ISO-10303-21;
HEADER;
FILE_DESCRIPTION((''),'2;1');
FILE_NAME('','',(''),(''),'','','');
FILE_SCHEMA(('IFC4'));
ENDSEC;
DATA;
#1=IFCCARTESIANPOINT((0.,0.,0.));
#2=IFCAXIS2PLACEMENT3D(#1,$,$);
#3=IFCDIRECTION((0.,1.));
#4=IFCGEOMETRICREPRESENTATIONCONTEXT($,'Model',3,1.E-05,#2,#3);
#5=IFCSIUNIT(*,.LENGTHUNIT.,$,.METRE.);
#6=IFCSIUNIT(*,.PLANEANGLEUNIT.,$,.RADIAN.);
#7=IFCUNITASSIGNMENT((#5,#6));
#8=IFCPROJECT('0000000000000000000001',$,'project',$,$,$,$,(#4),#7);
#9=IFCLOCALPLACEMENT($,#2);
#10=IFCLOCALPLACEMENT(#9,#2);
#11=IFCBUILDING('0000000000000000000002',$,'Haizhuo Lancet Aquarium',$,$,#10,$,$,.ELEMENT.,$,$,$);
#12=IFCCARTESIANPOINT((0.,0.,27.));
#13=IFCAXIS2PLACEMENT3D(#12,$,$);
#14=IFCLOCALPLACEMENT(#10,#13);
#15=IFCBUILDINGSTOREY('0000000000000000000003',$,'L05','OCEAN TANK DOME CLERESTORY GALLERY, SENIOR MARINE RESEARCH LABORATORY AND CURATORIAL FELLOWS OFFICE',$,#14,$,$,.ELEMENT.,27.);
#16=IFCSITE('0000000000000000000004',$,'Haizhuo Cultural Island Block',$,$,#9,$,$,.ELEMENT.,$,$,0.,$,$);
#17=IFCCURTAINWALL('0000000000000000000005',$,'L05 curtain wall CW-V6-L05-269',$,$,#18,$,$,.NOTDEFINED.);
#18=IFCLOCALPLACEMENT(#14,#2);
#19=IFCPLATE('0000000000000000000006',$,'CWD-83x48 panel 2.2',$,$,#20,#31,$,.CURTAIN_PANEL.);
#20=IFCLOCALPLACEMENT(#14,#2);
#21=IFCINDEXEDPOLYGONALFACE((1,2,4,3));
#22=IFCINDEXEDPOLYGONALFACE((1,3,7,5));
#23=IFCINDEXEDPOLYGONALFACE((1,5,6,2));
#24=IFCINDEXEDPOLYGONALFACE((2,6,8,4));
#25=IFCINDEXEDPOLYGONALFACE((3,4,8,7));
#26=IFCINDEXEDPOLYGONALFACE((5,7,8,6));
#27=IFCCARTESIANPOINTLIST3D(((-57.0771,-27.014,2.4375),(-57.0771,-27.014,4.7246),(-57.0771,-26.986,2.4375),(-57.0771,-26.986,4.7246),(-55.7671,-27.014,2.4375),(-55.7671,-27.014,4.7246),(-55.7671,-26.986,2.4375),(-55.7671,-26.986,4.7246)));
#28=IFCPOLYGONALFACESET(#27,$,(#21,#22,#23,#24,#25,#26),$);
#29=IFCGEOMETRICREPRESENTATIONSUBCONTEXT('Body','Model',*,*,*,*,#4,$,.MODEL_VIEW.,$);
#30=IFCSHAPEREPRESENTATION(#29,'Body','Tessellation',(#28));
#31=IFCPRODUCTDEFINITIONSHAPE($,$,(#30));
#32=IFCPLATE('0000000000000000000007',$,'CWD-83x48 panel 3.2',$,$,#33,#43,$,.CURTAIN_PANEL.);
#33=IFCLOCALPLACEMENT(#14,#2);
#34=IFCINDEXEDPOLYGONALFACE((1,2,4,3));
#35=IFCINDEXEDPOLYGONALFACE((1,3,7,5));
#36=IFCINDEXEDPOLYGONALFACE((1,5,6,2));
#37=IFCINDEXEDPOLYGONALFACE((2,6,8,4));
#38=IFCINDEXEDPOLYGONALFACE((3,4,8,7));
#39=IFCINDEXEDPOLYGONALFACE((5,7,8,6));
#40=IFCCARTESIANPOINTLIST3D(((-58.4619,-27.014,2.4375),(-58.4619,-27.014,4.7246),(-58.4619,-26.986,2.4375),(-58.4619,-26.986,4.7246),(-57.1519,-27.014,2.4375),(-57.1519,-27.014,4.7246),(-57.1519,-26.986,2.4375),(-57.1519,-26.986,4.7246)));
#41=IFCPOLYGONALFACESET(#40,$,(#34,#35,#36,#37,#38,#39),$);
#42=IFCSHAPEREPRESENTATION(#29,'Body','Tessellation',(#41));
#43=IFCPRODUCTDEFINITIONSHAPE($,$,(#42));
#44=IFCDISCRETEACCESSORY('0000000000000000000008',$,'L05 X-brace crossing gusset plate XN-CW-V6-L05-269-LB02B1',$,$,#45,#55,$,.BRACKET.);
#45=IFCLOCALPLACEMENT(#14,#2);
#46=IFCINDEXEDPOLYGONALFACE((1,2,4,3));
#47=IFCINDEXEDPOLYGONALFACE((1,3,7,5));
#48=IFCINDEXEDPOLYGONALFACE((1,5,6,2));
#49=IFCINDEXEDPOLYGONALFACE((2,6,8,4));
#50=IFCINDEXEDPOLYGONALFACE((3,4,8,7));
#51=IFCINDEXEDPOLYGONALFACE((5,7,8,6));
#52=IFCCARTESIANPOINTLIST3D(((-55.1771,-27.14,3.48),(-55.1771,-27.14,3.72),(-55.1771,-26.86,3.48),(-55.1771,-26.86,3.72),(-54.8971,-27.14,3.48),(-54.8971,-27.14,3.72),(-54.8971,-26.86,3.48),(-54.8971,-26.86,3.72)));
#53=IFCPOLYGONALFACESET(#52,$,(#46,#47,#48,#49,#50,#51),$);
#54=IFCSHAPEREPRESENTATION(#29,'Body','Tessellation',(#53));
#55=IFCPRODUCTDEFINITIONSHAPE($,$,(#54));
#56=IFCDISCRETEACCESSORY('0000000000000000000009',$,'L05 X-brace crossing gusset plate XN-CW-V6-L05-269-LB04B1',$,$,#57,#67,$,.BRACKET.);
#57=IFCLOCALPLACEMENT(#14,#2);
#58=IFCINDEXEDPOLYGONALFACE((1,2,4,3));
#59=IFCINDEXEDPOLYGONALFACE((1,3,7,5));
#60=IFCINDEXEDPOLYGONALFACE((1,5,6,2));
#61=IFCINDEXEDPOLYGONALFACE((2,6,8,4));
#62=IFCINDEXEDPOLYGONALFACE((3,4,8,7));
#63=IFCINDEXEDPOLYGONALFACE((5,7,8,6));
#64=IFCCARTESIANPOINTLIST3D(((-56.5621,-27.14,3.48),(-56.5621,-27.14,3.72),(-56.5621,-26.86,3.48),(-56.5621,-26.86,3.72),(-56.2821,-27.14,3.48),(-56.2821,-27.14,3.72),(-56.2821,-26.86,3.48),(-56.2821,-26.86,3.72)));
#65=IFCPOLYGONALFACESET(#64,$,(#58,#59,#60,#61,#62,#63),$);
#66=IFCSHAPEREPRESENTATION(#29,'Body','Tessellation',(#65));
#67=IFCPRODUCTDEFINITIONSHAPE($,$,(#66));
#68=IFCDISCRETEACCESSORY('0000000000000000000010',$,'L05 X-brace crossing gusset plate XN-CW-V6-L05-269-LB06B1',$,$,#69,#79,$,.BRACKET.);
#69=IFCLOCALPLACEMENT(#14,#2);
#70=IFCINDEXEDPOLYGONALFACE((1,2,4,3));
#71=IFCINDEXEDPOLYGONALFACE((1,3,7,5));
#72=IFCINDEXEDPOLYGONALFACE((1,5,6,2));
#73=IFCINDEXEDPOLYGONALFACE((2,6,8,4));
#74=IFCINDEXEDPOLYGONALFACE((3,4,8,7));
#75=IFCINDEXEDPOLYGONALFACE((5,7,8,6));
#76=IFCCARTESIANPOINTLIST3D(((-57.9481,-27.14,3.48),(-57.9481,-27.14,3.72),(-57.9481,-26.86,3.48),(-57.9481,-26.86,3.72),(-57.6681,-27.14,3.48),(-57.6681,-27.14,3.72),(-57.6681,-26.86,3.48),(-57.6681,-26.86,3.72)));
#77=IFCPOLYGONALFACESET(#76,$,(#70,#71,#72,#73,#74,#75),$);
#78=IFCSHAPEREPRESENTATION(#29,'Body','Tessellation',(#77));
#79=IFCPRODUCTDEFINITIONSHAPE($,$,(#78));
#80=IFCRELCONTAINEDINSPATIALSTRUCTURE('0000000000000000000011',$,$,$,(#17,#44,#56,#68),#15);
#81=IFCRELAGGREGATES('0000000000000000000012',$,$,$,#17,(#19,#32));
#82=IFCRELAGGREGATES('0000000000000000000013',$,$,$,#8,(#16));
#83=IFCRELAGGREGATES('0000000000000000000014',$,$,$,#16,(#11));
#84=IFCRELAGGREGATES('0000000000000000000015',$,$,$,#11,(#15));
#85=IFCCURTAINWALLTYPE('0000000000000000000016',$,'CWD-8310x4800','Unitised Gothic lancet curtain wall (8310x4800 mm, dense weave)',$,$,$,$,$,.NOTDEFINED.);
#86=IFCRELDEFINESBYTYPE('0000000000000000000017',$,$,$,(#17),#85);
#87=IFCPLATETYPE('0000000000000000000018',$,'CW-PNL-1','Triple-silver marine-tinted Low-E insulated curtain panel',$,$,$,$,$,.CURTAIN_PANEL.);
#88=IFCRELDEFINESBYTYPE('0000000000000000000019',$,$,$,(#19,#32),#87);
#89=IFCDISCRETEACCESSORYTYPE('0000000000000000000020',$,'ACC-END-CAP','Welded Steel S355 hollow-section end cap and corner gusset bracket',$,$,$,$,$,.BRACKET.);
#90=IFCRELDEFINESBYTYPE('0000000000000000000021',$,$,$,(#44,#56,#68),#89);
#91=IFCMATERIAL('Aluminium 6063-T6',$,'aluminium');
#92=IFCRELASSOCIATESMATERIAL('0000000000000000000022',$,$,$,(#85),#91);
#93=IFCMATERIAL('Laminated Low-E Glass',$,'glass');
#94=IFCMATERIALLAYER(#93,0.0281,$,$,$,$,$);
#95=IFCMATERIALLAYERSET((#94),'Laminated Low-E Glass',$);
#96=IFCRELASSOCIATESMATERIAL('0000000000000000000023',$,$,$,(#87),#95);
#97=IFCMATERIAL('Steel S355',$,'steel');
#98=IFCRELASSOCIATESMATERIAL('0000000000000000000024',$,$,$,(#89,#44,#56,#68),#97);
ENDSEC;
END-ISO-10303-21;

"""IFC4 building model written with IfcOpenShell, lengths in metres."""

from ifc_helpers import new_model, si_unit, direction, frame, origin, origin_2d, place, context, subcontext, project, spatial, rectangle, extrude, material, layer, layer_set, type_object, element, aggregate, save


model = new_model("IFC4")

# Units and contexts
model_context = context("Model", 3, precision=1e-05, world=origin(), true_north=direction((0.0, 1.0)))
body_context = subcontext(model_context, "Body", "Model", "MODEL_VIEW")
ifc_project = project(units=[si_unit("LENGTHUNIT", "METRE"), si_unit("PLANEANGLEUNIT", "RADIAN")], contexts=[model_context])

# Site, building, storey
site_placement = place(None, origin())
site = spatial("IfcSite", under=ifc_project, at=site_placement, Name="Haizhuo Cultural Island Block", CompositionType="ELEMENT", RefElevation=0.0)
building_placement = place(site_placement, origin())
building = spatial("IfcBuilding", under=site, at=building_placement, Name="Haizhuo Lancet Aquarium", CompositionType="ELEMENT")
storey_placement = place(building_placement, frame((0.0, 0.0, 27.0)))
storey = spatial("IfcBuildingStorey", under=building, at=storey_placement, Name="L05", Description="OCEAN TANK DOME CLERESTORY GALLERY, SENIOR MARINE RESEARCH LABORATORY AND CURATORIAL FELLOWS OFFICE", CompositionType="ELEMENT", Elevation=27.0)

# Shared definitions
ifc_material_1 = material(Name="Steel S355", Category="steel")

# Curtain wall
ifc_material_2 = material(Name="Aluminium 6063-T6", Category="aluminium")
curtain_wall_type = type_object("IfcCurtainWallType", Name="CWD-8310x4800", Description="Unitised Gothic lancet curtain wall (8310x4800 mm, dense weave)", PredefinedType="NOTDEFINED", material=ifc_material_2)
curtain_wall_placement = place(storey_placement, origin())
curtain_wall = element("IfcCurtainWall", 1, at=curtain_wall_placement, inside=storey, type_object=curtain_wall_type, Name="L05 curtain wall CW-V6-L05-269", PredefinedType="NOTDEFINED")

# Plates
ifc_material_3 = material(Name="Laminated Low-E Glass", Category="glass")
ifc_layer = layer(ifc_material_3, 0.0281)
ifc_layer_set = layer_set([ifc_layer], Name="Laminated Low-E Glass")
plate_type = type_object("IfcPlateType", Name="CW-PNL-1", Description="Triple-silver marine-tinted Low-E insulated curtain panel", PredefinedType="CURTAIN_PANEL", material=ifc_layer_set)
plate_1_placement = place(storey_placement, frame((-56.4221, -27.0, 2.4375), z_axis=(0.0, 0.0, 1.0), x_axis=(-1.0, 0.0, 0.0)))
plate_1 = element("IfcPlate", 2, at=plate_1_placement, type_object=plate_type, Name="CWD-83x48 panel 2.2", PredefinedType="CURTAIN_PANEL", context=body_context, shape_type="SweptSolid", body=[
    extrude(rectangle(XDim=1.3101, YDim=0.0281, at=origin_2d()), origin(), (0.0, 0.0, 1.0), 2.2871),
])
plate_2_placement = place(storey_placement, frame((-57.8069, -27.0, 2.4375), z_axis=(0.0, 0.0, 1.0), x_axis=(-1.0, 0.0, 0.0)))
plate_2 = element("IfcPlate", 3, at=plate_2_placement, type_object=plate_type, Name="CWD-83x48 panel 3.2", PredefinedType="CURTAIN_PANEL", context=body_context, shape_type="SweptSolid", body=[
    extrude(rectangle(XDim=1.3101, YDim=0.0281, at=origin_2d()), origin(), (0.0, 0.0, 1.0), 2.2871),
])
aggregate(curtain_wall, [plate_1, plate_2])

# Discrete accessories
discrete_accessory_type = type_object("IfcDiscreteAccessoryType", Name="ACC-END-CAP", Description="Welded Steel S355 hollow-section end cap and corner gusset bracket", PredefinedType="BRACKET", material=ifc_material_1)
for number, where, z_axis, x_axis, name in (
    (4, (-55.0371, -27.0, 3.48), (0.0, 0.0, 1.0), (1.0, 0.0, 0.0), "L05 X-brace crossing gusset plate XN-CW-V6-L05-269-LB02B1"),
    (5, (-56.4221, -27.0, 3.48), (0.0, 0.0, 1.0), (1.0, 0.0, 0.0), "L05 X-brace crossing gusset plate XN-CW-V6-L05-269-LB04B1"),
    (6, (-57.8081, -27.0, 3.48), (0.0, 0.0, 1.0), (1.0, 0.0, 0.0), "L05 X-brace crossing gusset plate XN-CW-V6-L05-269-LB06B1"),
):
    element("IfcDiscreteAccessory", number, at=place(storey_placement, frame(where, z_axis=z_axis, x_axis=x_axis)), inside=storey, type_object=discrete_accessory_type, material=ifc_material_1, Name=name, PredefinedType="BRACKET", context=body_context, shape_type="SweptSolid", body=[
        extrude(rectangle(XDim=0.28, YDim=0.28, at=origin_2d()), origin(), (0.0, 0.0, 1.0), 0.24),
    ])

save(model, "model.ifc")
